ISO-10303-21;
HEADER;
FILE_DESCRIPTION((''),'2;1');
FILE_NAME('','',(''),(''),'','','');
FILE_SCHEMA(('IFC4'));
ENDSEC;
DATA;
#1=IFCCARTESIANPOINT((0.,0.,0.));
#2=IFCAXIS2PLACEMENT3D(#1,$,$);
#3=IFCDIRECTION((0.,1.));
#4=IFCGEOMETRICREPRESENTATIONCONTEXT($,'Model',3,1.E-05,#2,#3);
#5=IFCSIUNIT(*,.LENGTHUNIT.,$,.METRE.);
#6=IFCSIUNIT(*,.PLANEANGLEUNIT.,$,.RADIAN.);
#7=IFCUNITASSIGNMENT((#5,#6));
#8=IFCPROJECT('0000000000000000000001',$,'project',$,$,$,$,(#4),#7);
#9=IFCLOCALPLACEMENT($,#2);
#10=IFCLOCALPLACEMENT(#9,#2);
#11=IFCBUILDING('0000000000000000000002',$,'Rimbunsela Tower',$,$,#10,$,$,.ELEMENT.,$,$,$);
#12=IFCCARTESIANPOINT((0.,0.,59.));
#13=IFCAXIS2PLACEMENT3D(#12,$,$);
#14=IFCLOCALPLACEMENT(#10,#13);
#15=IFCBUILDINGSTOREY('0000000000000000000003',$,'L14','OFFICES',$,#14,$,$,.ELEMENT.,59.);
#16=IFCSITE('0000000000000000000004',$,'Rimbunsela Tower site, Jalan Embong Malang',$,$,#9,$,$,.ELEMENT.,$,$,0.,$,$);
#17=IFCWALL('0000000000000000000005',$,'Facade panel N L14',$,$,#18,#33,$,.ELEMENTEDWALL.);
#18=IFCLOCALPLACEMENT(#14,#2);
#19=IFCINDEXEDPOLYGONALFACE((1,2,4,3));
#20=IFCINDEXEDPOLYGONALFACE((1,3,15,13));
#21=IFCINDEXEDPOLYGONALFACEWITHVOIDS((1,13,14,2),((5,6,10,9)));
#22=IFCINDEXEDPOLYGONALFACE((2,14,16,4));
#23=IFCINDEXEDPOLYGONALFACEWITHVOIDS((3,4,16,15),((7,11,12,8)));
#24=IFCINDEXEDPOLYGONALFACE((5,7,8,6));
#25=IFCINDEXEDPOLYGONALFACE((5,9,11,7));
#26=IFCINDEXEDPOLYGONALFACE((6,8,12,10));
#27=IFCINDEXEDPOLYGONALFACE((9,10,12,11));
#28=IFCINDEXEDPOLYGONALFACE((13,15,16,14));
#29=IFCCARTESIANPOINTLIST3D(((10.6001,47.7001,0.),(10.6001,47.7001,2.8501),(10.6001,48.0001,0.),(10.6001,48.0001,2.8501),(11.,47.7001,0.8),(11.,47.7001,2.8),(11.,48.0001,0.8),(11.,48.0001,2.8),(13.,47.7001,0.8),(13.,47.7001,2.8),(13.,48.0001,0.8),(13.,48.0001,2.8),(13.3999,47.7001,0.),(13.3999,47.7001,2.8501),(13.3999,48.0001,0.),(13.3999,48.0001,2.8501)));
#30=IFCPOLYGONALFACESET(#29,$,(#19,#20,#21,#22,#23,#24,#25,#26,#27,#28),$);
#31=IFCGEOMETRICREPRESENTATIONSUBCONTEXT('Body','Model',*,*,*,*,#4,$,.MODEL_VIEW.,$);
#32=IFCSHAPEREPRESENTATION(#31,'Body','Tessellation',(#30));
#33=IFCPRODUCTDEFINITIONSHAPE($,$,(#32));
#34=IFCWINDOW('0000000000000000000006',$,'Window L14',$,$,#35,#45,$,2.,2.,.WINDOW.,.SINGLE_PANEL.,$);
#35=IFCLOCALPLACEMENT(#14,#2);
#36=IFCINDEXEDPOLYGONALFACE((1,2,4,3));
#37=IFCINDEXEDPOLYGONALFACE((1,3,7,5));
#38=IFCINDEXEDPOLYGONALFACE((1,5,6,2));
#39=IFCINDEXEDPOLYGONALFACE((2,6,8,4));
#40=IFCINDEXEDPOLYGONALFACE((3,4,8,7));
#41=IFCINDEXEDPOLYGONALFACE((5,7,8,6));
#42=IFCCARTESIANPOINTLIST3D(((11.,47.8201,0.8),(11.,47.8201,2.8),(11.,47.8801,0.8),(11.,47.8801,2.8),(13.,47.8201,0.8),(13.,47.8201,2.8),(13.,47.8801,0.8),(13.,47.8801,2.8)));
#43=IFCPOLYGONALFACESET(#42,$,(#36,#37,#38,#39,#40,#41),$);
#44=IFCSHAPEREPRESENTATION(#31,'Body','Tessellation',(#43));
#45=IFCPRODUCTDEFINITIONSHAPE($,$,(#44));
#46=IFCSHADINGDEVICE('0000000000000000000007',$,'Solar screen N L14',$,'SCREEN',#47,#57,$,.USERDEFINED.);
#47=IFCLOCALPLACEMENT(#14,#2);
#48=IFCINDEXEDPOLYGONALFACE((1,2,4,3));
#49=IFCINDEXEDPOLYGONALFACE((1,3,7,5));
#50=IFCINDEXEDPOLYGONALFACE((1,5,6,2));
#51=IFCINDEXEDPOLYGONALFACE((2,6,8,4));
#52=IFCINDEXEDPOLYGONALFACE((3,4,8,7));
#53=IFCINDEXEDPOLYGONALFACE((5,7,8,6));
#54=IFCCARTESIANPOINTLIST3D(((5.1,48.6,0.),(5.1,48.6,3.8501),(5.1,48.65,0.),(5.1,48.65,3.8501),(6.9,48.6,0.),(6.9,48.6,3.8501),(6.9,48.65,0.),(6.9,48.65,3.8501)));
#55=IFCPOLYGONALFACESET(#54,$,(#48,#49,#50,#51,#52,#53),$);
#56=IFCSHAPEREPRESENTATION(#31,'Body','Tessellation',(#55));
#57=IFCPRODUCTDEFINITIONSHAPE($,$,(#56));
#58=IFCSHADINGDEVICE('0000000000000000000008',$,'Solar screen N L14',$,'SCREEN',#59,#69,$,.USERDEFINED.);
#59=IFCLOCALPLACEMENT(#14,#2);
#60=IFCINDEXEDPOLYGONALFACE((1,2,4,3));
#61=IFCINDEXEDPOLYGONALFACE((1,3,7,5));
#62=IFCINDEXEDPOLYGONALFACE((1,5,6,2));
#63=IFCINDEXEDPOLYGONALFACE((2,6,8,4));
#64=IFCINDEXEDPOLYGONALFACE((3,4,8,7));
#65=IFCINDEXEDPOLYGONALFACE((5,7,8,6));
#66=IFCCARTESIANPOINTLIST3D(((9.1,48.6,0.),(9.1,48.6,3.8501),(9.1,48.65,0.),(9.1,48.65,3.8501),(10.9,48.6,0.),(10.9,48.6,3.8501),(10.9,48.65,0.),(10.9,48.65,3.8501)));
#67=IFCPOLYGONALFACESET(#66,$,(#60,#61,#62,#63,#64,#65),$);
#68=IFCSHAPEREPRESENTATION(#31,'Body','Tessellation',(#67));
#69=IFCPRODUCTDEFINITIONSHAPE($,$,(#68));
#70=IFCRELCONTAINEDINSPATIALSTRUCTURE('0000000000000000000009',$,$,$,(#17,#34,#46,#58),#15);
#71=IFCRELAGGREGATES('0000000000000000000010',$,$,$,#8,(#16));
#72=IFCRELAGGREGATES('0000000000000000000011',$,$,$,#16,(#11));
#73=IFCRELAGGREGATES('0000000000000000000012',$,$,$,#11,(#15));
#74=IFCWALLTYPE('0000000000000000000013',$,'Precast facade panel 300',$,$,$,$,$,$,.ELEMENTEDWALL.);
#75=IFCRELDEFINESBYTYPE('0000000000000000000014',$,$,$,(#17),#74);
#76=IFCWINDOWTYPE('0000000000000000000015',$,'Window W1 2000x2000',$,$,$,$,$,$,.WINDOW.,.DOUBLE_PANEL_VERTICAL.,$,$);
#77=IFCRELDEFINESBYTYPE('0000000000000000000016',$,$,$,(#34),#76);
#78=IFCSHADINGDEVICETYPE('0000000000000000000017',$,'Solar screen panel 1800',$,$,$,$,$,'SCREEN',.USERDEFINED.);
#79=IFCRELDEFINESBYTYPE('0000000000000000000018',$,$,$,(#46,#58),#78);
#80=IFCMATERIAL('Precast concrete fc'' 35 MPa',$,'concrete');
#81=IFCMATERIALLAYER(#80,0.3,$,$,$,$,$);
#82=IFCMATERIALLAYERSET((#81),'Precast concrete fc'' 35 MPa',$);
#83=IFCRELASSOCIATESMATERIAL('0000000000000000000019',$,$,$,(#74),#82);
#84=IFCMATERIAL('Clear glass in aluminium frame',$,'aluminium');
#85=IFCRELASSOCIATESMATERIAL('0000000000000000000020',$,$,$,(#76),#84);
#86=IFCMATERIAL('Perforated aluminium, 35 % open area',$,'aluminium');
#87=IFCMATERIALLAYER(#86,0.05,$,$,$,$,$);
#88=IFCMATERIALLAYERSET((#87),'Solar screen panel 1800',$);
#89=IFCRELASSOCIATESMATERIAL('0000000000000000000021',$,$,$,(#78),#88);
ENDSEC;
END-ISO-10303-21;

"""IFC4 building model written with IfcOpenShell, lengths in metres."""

from ifc_helpers import new_model, si_unit, direction, frame, frame_2d, origin, origin_2d, place, context, subcontext, project, spatial, rectangle, extrude, material, layer, layer_set, type_object, element, fill, save


model = new_model("IFC4")

# Units and contexts
model_context = context("Model", 3, precision=1e-05, world=origin(), true_north=direction((0.0, 1.0)))
body_context = subcontext(model_context, "Body", "Model", "MODEL_VIEW")
ifc_project = project(units=[si_unit("LENGTHUNIT", "METRE"), si_unit("PLANEANGLEUNIT", "RADIAN")], contexts=[model_context])

# Site, building, storey
site_placement = place(None, origin())
site = spatial("IfcSite", under=ifc_project, at=site_placement, Name="Rimbunsela Tower site, Jalan Embong Malang", CompositionType="ELEMENT", RefElevation=0.0)
building_placement = place(site_placement, origin())
building = spatial("IfcBuilding", under=site, at=building_placement, Name="Rimbunsela Tower", CompositionType="ELEMENT")
storey_placement = place(building_placement, frame((0.0, 0.0, 59.0)))
storey = spatial("IfcBuildingStorey", under=building, at=storey_placement, Name="L14", Description="OFFICES", CompositionType="ELEMENT", Elevation=59.0)

# Wall, opening, window
ifc_material_1 = material(Name="Precast concrete fc' 35 MPa", Category="concrete")
ifc_layer_1 = layer(ifc_material_1, 0.3)
ifc_layer_set_1 = layer_set([ifc_layer_1], Name="Precast concrete fc' 35 MPa")
wall_type_1 = type_object("IfcWallType", Name="Precast facade panel 300", PredefinedType="ELEMENTEDWALL", material=ifc_layer_set_1)
ifc_material_2 = material(Name="Clear glass in aluminium frame", Category="aluminium")
window_type = type_object("IfcWindowType", Name="Window W1 2000x2000", PartitioningType="DOUBLE_PANEL_VERTICAL", PredefinedType="WINDOW", material=ifc_material_2)
wall_1_placement = place(storey_placement, frame((13.3999, 47.8501, 0.0), z_axis=(0.0, 0.0, 1.0), x_axis=(-1.0, 0.0, 0.0)))
wall_1 = element("IfcWall", 1, at=wall_1_placement, inside=storey, type_object=wall_type_1, Name="Facade panel N L14", PredefinedType="ELEMENTEDWALL", context=body_context, shape_type="SweptSolid", body=[
    extrude(rectangle(XDim=2.7998, YDim=0.3, at=frame_2d((1.3999, 0.0))), origin(), (0.0, 0.0, 1.0), 2.8501),
])
opening_1_placement = place(wall_1_placement, frame((0.3999, 0.0, 0.8)))
opening_1 = element("IfcOpeningElement", 2, at=opening_1_placement, cuts=wall_1, PredefinedType="OPENING", context=body_context, shape_type="SweptSolid", body=[
    extrude(rectangle(XDim=2.0, YDim=2.0, at=frame_2d((1.0, 1.0))), frame((0.0, 0.1599, 0.0), z_axis=(0.0, -1.0, 0.0), x_axis=(1.0, 0.0, 0.0)), (0.0, 0.0, 1.0), 0.3201),
])
window_1_placement = place(opening_1_placement, origin())
window_1 = element("IfcWindow", 3, at=window_1_placement, inside=storey, type_object=window_type, Name="Window L14", OverallHeight=2.0, OverallWidth=2.0, PartitioningType="SINGLE_PANEL", PredefinedType="WINDOW", context=body_context, shape_type="SweptSolid", body=[
    extrude(rectangle(XDim=2.0, YDim=2.0, at=frame_2d((1.0, 1.0))), frame((0.0, 0.03, 0.0), z_axis=(0.0, -1.0, 0.0), x_axis=(1.0, 0.0, 0.0)), (0.0, 0.0, 1.0), 0.0601),
])
fill(opening_1, window_1)

# Shading devices
ifc_material_3 = material(Name="Perforated aluminium, 35 % open area", Category="aluminium")
ifc_layer_2 = layer(ifc_material_3, 0.05)
ifc_layer_set_2 = layer_set([ifc_layer_2], Name="Solar screen panel 1800")
shading_device_type = type_object("IfcShadingDeviceType", Name="Solar screen panel 1800", ElementType="SCREEN", PredefinedType="USERDEFINED", material=ifc_layer_set_2)
for number, where, z_axis, x_axis, name in (
    (4, (6.0, 48.625, 0.0), (0.0, 0.0, 1.0), (1.0, 0.0, 0.0), "Solar screen N L14"),
    (5, (10.0, 48.625, 0.0), (0.0, 0.0, 1.0), (1.0, 0.0, 0.0), "Solar screen N L14"),
):
    element("IfcShadingDevice", number, at=place(storey_placement, frame(where, z_axis=z_axis, x_axis=x_axis)), inside=storey, type_object=shading_device_type, Name=name, ObjectType="SCREEN", PredefinedType="USERDEFINED", context=body_context, shape_type="SweptSolid", body=[
        extrude(rectangle(XDim=1.8, YDim=0.05, at=origin_2d()), origin(), (0.0, 0.0, 1.0), 3.8501),
    ])

save(model, "model.ifc")
